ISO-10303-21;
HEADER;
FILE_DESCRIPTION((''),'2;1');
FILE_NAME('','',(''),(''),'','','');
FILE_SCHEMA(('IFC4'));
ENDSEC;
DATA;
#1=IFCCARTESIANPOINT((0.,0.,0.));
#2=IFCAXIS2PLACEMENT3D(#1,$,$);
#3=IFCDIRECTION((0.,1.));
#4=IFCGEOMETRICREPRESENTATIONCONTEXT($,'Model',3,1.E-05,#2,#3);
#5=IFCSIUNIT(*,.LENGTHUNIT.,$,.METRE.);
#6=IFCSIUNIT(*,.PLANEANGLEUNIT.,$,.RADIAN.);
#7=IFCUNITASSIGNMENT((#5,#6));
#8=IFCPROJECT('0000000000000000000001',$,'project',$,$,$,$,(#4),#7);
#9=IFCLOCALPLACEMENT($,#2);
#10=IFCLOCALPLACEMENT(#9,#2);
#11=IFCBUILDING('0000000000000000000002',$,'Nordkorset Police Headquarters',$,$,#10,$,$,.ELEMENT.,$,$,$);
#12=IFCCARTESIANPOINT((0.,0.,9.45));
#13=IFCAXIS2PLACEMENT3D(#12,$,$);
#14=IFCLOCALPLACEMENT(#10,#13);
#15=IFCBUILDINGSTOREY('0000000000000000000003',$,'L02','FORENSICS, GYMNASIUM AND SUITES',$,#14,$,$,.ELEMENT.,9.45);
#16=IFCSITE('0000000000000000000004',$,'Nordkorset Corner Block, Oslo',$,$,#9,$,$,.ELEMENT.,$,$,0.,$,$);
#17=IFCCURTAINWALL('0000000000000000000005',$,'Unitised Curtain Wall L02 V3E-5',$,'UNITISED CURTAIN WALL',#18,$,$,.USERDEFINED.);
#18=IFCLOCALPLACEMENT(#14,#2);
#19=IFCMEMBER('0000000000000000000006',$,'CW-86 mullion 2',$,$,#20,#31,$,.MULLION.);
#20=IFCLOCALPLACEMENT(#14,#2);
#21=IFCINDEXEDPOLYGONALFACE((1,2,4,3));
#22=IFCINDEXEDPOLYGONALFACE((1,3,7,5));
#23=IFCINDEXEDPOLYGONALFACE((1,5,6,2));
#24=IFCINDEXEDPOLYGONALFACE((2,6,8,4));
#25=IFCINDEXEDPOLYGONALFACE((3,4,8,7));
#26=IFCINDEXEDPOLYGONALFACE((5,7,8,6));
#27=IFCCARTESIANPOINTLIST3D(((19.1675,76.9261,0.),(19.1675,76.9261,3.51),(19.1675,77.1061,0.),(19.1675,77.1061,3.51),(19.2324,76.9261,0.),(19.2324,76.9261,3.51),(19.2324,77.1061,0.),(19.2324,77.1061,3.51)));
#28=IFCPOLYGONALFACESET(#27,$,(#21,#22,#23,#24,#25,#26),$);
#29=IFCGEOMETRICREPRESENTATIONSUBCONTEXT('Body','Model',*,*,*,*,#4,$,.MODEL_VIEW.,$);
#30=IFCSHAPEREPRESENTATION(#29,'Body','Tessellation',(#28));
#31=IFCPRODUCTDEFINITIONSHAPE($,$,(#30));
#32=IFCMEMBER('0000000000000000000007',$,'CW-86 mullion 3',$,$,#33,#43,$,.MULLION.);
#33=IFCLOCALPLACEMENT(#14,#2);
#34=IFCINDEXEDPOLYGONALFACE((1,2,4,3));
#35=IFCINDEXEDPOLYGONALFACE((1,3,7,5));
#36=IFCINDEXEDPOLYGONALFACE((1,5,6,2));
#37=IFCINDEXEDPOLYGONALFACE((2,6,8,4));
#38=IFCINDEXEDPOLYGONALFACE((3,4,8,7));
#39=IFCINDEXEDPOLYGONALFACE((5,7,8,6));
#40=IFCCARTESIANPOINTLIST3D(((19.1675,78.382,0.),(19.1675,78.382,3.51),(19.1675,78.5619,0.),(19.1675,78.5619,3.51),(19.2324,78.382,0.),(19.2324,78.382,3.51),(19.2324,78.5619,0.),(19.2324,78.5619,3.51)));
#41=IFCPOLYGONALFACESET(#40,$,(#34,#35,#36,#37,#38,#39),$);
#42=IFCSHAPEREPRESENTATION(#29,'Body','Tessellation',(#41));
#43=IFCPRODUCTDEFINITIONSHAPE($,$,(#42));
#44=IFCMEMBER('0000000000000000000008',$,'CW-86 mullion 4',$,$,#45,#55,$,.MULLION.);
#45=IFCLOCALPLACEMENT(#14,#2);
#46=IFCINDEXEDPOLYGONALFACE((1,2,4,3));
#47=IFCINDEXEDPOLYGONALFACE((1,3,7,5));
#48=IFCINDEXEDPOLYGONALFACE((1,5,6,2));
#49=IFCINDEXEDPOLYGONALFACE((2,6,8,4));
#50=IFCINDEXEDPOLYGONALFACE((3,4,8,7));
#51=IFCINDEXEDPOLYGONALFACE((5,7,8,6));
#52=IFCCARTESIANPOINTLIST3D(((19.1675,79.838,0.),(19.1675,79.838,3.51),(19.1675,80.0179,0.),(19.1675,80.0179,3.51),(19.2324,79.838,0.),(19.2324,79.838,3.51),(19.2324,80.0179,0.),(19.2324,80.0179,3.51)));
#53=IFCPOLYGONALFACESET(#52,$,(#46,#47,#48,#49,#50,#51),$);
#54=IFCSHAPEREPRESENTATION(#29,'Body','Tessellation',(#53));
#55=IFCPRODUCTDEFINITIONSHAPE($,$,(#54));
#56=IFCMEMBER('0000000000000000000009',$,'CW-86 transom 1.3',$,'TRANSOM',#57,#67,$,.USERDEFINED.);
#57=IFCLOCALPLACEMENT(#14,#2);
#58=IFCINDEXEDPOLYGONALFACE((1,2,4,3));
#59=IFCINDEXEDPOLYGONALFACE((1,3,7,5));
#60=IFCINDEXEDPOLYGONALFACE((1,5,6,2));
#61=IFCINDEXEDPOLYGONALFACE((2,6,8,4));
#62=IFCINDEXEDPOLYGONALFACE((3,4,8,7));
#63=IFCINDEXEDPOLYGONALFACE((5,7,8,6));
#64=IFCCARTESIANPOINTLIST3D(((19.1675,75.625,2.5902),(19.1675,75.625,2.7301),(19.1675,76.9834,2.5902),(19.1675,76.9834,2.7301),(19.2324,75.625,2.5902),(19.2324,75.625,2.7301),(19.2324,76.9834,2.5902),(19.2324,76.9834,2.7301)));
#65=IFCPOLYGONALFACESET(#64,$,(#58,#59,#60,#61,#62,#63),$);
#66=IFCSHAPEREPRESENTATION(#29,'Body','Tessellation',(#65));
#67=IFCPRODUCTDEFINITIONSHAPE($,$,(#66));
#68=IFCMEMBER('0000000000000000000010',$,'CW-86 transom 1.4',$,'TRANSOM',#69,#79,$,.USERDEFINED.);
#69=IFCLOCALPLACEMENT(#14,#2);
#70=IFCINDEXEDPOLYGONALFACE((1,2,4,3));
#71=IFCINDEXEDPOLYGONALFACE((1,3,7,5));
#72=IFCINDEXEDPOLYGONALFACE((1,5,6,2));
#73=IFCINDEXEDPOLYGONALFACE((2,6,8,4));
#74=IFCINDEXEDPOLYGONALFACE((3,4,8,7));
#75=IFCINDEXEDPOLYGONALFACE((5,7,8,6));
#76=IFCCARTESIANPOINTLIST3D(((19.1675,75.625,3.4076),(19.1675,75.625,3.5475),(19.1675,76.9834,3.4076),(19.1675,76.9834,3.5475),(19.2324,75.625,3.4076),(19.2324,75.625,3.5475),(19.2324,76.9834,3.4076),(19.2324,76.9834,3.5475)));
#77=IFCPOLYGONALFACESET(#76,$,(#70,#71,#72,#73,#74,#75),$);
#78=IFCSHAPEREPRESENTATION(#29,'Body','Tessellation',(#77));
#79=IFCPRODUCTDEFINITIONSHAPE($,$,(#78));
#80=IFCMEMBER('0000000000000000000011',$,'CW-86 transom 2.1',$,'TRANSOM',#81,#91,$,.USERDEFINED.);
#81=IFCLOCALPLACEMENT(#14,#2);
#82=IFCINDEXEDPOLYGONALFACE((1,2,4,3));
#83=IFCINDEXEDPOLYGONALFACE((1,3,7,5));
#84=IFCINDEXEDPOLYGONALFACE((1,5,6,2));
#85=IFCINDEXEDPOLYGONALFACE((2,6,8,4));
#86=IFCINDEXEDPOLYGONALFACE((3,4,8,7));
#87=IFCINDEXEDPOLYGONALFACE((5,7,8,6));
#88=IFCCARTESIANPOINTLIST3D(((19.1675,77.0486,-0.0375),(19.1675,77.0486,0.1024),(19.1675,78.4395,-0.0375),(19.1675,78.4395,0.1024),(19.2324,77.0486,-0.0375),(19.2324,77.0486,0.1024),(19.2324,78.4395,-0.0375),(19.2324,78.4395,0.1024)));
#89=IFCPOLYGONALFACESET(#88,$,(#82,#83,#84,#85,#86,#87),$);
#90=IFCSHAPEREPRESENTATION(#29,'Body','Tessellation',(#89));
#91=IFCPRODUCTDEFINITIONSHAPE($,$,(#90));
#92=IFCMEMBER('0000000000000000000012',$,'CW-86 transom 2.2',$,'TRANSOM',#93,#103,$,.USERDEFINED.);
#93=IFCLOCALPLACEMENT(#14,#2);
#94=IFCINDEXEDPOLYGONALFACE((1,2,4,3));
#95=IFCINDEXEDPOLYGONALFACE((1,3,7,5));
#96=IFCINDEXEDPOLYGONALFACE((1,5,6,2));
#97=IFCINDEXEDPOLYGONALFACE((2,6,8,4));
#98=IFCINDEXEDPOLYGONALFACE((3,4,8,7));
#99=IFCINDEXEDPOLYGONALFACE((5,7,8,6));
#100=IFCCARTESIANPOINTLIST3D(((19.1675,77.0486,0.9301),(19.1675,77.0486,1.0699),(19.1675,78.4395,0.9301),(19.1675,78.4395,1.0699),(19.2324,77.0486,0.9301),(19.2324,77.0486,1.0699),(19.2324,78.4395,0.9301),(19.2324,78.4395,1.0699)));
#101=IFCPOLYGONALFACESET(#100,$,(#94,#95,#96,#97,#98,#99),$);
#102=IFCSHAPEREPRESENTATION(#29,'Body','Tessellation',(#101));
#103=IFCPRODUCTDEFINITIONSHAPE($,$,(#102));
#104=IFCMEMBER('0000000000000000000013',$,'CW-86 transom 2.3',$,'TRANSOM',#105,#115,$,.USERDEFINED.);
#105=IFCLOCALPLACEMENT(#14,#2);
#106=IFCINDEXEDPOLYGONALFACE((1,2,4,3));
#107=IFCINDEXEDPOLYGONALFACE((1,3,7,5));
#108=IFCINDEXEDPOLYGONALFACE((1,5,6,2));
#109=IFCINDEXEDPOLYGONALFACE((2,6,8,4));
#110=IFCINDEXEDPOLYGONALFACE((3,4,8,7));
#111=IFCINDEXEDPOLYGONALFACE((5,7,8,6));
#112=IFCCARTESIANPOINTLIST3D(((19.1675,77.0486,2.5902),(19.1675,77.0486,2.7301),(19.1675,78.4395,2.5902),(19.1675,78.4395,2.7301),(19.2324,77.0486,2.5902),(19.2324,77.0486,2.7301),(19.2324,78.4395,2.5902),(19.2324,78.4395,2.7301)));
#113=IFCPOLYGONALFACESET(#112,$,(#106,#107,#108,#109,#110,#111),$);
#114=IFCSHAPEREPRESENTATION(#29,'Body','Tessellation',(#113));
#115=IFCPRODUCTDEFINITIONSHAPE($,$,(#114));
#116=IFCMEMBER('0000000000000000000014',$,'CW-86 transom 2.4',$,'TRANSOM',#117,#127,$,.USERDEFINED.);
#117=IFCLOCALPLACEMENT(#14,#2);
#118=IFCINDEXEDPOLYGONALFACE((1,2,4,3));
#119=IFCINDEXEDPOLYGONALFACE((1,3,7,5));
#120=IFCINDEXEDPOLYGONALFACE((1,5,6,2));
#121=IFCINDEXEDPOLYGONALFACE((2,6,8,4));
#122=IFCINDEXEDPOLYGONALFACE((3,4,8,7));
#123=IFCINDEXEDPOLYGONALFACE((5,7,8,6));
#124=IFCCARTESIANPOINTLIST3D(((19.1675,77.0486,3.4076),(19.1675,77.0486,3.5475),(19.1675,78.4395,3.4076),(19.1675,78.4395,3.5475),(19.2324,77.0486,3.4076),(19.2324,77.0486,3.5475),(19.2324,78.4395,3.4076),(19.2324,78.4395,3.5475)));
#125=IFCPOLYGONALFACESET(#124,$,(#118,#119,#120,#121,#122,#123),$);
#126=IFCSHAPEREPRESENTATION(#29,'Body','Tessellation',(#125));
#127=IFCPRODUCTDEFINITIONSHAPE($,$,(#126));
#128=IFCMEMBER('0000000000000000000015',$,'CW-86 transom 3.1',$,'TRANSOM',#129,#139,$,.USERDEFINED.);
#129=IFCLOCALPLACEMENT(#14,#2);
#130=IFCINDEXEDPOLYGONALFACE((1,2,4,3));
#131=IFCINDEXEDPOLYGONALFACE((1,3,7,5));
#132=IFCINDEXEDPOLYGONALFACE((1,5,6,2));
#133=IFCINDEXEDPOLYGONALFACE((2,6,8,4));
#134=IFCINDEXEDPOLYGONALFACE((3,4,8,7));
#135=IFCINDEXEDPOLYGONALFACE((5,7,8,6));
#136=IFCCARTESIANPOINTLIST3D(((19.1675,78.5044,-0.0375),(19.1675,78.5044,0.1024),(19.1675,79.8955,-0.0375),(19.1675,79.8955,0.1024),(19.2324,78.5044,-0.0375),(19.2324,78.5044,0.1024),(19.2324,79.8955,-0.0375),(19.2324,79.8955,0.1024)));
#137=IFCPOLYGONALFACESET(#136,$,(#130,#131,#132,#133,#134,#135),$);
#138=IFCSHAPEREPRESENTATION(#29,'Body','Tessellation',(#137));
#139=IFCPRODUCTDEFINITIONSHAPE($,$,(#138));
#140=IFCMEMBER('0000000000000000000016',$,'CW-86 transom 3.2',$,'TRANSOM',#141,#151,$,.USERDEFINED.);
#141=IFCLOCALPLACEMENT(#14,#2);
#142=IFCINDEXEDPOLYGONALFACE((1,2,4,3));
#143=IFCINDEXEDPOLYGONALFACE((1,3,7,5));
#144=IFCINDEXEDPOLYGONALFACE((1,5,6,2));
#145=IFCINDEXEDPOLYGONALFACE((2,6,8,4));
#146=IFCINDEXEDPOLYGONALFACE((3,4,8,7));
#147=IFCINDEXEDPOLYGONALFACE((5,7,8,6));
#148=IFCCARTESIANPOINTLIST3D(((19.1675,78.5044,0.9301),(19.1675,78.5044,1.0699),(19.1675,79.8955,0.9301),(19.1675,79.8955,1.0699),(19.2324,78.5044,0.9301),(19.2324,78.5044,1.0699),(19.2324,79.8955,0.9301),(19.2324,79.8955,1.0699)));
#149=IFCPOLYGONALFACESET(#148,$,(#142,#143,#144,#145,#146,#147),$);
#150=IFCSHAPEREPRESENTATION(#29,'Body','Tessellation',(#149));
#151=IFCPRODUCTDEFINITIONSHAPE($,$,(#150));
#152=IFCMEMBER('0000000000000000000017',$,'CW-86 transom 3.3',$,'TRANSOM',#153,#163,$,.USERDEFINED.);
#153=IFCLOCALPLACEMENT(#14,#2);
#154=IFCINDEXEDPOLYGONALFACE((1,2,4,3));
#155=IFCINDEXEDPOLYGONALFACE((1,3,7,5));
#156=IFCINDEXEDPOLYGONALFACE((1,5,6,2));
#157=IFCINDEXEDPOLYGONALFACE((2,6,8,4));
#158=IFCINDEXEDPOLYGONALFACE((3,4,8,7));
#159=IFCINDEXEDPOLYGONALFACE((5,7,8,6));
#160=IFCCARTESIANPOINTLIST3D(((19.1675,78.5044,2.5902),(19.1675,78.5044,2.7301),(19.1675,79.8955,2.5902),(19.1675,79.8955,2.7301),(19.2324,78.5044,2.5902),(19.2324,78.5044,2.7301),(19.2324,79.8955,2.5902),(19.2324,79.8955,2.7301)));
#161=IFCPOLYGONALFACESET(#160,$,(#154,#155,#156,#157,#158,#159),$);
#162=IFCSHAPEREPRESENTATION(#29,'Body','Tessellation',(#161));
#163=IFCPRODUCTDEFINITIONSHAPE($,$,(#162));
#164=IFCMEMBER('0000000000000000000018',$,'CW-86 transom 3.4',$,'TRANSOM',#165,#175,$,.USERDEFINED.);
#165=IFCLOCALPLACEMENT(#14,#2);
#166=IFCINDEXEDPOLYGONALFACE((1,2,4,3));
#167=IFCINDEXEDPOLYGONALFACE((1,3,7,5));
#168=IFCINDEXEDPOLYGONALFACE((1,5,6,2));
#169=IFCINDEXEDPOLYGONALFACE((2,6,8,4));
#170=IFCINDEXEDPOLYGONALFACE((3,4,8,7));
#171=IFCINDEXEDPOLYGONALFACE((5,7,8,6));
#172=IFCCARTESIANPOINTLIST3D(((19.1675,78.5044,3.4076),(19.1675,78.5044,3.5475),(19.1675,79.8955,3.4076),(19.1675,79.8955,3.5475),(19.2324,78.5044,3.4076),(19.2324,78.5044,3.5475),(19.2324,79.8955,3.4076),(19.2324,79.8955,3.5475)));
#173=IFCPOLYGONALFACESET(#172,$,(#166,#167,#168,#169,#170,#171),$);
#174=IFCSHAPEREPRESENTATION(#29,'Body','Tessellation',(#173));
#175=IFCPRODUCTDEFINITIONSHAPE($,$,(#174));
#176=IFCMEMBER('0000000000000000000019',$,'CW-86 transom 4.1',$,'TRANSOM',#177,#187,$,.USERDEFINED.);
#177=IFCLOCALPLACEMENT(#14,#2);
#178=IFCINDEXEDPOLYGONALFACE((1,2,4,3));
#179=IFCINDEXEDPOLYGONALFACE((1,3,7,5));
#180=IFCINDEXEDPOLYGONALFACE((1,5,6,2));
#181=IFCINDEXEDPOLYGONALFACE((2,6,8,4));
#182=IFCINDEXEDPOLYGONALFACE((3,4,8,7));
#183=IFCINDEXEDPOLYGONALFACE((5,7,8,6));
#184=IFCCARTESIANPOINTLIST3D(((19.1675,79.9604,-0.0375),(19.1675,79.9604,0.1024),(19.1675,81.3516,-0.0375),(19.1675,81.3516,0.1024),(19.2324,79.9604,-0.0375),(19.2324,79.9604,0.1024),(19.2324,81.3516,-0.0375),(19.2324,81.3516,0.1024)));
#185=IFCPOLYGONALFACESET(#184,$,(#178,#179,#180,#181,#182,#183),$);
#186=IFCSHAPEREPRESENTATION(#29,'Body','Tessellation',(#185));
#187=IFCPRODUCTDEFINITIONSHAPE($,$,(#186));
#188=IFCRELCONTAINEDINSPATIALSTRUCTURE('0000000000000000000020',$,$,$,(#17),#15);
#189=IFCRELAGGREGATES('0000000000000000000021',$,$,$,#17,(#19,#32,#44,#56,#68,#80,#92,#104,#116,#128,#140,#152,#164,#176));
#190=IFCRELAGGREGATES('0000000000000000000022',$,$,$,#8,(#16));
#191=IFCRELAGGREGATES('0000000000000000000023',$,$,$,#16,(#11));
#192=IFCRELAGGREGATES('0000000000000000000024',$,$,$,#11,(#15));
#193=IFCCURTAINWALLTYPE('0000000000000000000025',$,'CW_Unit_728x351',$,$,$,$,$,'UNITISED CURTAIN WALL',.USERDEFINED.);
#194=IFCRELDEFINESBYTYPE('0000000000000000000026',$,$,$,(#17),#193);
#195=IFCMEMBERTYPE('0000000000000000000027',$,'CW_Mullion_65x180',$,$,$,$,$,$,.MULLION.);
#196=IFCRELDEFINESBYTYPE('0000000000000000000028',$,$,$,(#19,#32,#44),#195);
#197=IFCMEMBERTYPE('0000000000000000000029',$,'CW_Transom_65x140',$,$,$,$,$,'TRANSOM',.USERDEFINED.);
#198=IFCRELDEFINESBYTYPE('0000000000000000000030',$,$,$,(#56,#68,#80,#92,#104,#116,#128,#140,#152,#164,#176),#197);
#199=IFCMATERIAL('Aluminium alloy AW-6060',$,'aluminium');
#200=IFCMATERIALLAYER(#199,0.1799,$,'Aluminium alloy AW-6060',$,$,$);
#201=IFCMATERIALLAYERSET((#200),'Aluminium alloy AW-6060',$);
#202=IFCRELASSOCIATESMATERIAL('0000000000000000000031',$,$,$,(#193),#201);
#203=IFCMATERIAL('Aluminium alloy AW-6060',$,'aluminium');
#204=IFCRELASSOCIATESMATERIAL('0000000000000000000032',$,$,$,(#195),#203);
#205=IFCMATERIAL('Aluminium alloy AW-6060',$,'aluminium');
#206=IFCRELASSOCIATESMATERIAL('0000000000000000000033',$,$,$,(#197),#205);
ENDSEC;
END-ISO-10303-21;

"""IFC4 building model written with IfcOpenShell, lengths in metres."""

from ifc_helpers import new_model, si_unit, direction, frame, origin, origin_2d, place, context, subcontext, project, spatial, rectangle, extrude, material, layer, layer_set, material_profile, profile_set, type_object, element, aggregate, save


model = new_model("IFC4")

# Units and contexts
model_context = context("Model", 3, precision=1e-05, world=origin(), true_north=direction((0.0, 1.0)))
body_context = subcontext(model_context, "Body", "Model", "MODEL_VIEW")
ifc_project = project(units=[si_unit("LENGTHUNIT", "METRE"), si_unit("PLANEANGLEUNIT", "RADIAN")], contexts=[model_context])

# Site, building, storey
site_placement = place(None, origin())
site = spatial("IfcSite", under=ifc_project, at=site_placement, Name="Nordkorset Corner Block, Oslo", CompositionType="ELEMENT", RefElevation=0.0)
building_placement = place(site_placement, origin())
building = spatial("IfcBuilding", under=site, at=building_placement, Name="Nordkorset Police Headquarters", CompositionType="ELEMENT")
storey_placement = place(building_placement, frame((0.0, 0.0, 9.45)))
storey = spatial("IfcBuildingStorey", under=building, at=storey_placement, Name="L02", Description="FORENSICS, GYMNASIUM AND SUITES", CompositionType="ELEMENT", Elevation=9.45)

# Curtain wall, members
ifc_material_1 = material(Name="Aluminium alloy AW-6060", Category="aluminium")
ifc_layer_1 = layer(ifc_material_1, 0.1799, Name="Aluminium alloy AW-6060")
ifc_layer_set_1 = layer_set([ifc_layer_1], Name="Aluminium alloy AW-6060")
curtain_wall_type = type_object("IfcCurtainWallType", Name="CW_Unit_728x351", ElementType="UNITISED CURTAIN WALL", PredefinedType="USERDEFINED", material=ifc_layer_set_1)
curtain_wall_placement = place(storey_placement, origin())
curtain_wall = element("IfcCurtainWall", 1, at=curtain_wall_placement, inside=storey, type_object=curtain_wall_type, Name="Unitised Curtain Wall L02 V3E-5", ObjectType="UNITISED CURTAIN WALL", PredefinedType="USERDEFINED")
ifc_material_2 = material(Name="Aluminium alloy AW-6060", Category="aluminium")
ifc_material_profile_1 = material_profile(ifc_material_2, rectangle(XDim=0.0649, YDim=0.1799, at=origin_2d()), Name="ALU MULL 65x180")
ifc_profile_set_1 = profile_set([ifc_material_profile_1], Name="Aluminium alloy AW-6060")
member_type_1 = type_object("IfcMemberType", Name="CW_Mullion_65x180", PredefinedType="MULLION", material=ifc_profile_set_1)
member_1_placement = place(storey_placement, frame((19.2, 77.0161, 0.0), z_axis=(0.0, 0.0, 1.0), x_axis=(-1.0, 0.0, 0.0)))
member_1 = element("IfcMember", 2, at=member_1_placement, type_object=member_type_1, Name="CW-86 mullion 2", PredefinedType="MULLION", context=body_context, shape_type="SweptSolid", body=[
    extrude(rectangle(XDim=0.0649, YDim=0.1799, at=origin_2d()), origin(), (0.0, 0.0, 1.0), 3.51),
])
member_2_placement = place(storey_placement, frame((19.2, 78.4719, 0.0), z_axis=(0.0, 0.0, 1.0), x_axis=(-1.0, 0.0, 0.0)))
member_2 = element("IfcMember", 3, at=member_2_placement, type_object=member_type_1, Name="CW-86 mullion 3", PredefinedType="MULLION", context=body_context, shape_type="SweptSolid", body=[
    extrude(rectangle(XDim=0.0649, YDim=0.1799, at=origin_2d()), origin(), (0.0, 0.0, 1.0), 3.51),
])
member_3_placement = place(storey_placement, frame((19.2, 79.928, 0.0), z_axis=(0.0, 0.0, 1.0), x_axis=(-1.0, 0.0, 0.0)))
member_3 = element("IfcMember", 4, at=member_3_placement, type_object=member_type_1, Name="CW-86 mullion 4", PredefinedType="MULLION", context=body_context, shape_type="SweptSolid", body=[
    extrude(rectangle(XDim=0.0649, YDim=0.1799, at=origin_2d()), origin(), (0.0, 0.0, 1.0), 3.51),
])
ifc_material_3 = material(Name="Aluminium alloy AW-6060", Category="aluminium")
ifc_material_profile_2 = material_profile(ifc_material_3, rectangle(XDim=0.0649, YDim=0.1399, at=origin_2d()), Name="ALU TRAN 65x140")
ifc_profile_set_2 = profile_set([ifc_material_profile_2], Name="Aluminium alloy AW-6060")
member_type_2 = type_object("IfcMemberType", Name="CW_Transom_65x140", ElementType="TRANSOM", PredefinedType="USERDEFINED", material=ifc_profile_set_2)
member_4_placement = place(storey_placement, frame((19.2, 75.625, 2.6602), z_axis=(0.0, 1.0, 0.0), x_axis=(-1.0, 0.0, 0.0)))
member_4 = element("IfcMember", 5, at=member_4_placement, type_object=member_type_2, Name="CW-86 transom 1.3", ObjectType="TRANSOM", PredefinedType="USERDEFINED", context=body_context, shape_type="SweptSolid", body=[
    extrude(rectangle(XDim=0.0649, YDim=0.1399, at=origin_2d()), origin(), (0.0, 0.0, 1.0), 1.3584),
])
member_5_placement = place(storey_placement, frame((19.2, 75.625, 3.4775), z_axis=(0.0, 1.0, 0.0), x_axis=(-1.0, 0.0, 0.0)))
member_5 = element("IfcMember", 6, at=member_5_placement, type_object=member_type_2, Name="CW-86 transom 1.4", ObjectType="TRANSOM", PredefinedType="USERDEFINED", context=body_context, shape_type="SweptSolid", body=[
    extrude(rectangle(XDim=0.0649, YDim=0.1399, at=origin_2d()), origin(), (0.0, 0.0, 1.0), 1.3584),
])
member_6_placement = place(storey_placement, frame((19.2, 77.0486, 0.0325), z_axis=(0.0, 1.0, 0.0), x_axis=(-1.0, 0.0, 0.0)))
member_6 = element("IfcMember", 7, at=member_6_placement, type_object=member_type_2, Name="CW-86 transom 2.1", ObjectType="TRANSOM", PredefinedType="USERDEFINED", context=body_context, shape_type="SweptSolid", body=[
    extrude(rectangle(XDim=0.0649, YDim=0.1399, at=origin_2d()), origin(), (0.0, 0.0, 1.0), 1.3909),
])
member_7_placement = place(storey_placement, frame((19.2, 77.0486, 1.0), z_axis=(0.0, 1.0, 0.0), x_axis=(-1.0, 0.0, 0.0)))
member_7 = element("IfcMember", 8, at=member_7_placement, type_object=member_type_2, Name="CW-86 transom 2.2", ObjectType="TRANSOM", PredefinedType="USERDEFINED", context=body_context, shape_type="SweptSolid", body=[
    extrude(rectangle(XDim=0.0649, YDim=0.1399, at=origin_2d()), origin(), (0.0, 0.0, 1.0), 1.3909),
])
member_8_placement = place(storey_placement, frame((19.2, 77.0486, 2.6602), z_axis=(0.0, 1.0, 0.0), x_axis=(-1.0, 0.0, 0.0)))
member_8 = element("IfcMember", 9, at=member_8_placement, type_object=member_type_2, Name="CW-86 transom 2.3", ObjectType="TRANSOM", PredefinedType="USERDEFINED", context=body_context, shape_type="SweptSolid", body=[
    extrude(rectangle(XDim=0.0649, YDim=0.1399, at=origin_2d()), origin(), (0.0, 0.0, 1.0), 1.3909),
])
member_9_placement = place(storey_placement, frame((19.2, 77.0486, 3.4775), z_axis=(0.0, 1.0, 0.0), x_axis=(-1.0, 0.0, 0.0)))
member_9 = element("IfcMember", 10, at=member_9_placement, type_object=member_type_2, Name="CW-86 transom 2.4", ObjectType="TRANSOM", PredefinedType="USERDEFINED", context=body_context, shape_type="SweptSolid", body=[
    extrude(rectangle(XDim=0.0649, YDim=0.1399, at=origin_2d()), origin(), (0.0, 0.0, 1.0), 1.3909),
])
member_10_placement = place(storey_placement, frame((19.2, 78.5044, 0.0325), z_axis=(0.0, 1.0, 0.0), x_axis=(-1.0, 0.0, 0.0)))
member_10 = element("IfcMember", 11, at=member_10_placement, type_object=member_type_2, Name="CW-86 transom 3.1", ObjectType="TRANSOM", PredefinedType="USERDEFINED", context=body_context, shape_type="SweptSolid", body=[
    extrude(rectangle(XDim=0.0649, YDim=0.1399, at=origin_2d()), origin(), (0.0, 0.0, 1.0), 1.3911),
])
member_11_placement = place(storey_placement, frame((19.2, 78.5044, 1.0), z_axis=(0.0, 1.0, 0.0), x_axis=(-1.0, 0.0, 0.0)))
member_11 = element("IfcMember", 12, at=member_11_placement, type_object=member_type_2, Name="CW-86 transom 3.2", ObjectType="TRANSOM", PredefinedType="USERDEFINED", context=body_context, shape_type="SweptSolid", body=[
    extrude(rectangle(XDim=0.0649, YDim=0.1399, at=origin_2d()), origin(), (0.0, 0.0, 1.0), 1.3911),
])
member_12_placement = place(storey_placement, frame((19.2, 78.5044, 2.6602), z_axis=(0.0, 1.0, 0.0), x_axis=(-1.0, 0.0, 0.0)))
member_12 = element("IfcMember", 13, at=member_12_placement, type_object=member_type_2, Name="CW-86 transom 3.3", ObjectType="TRANSOM", PredefinedType="USERDEFINED", context=body_context, shape_type="SweptSolid", body=[
    extrude(rectangle(XDim=0.0649, YDim=0.1399, at=origin_2d()), origin(), (0.0, 0.0, 1.0), 1.3911),
])
member_13_placement = place(storey_placement, frame((19.2, 78.5044, 3.4775), z_axis=(0.0, 1.0, 0.0), x_axis=(-1.0, 0.0, 0.0)))
member_13 = element("IfcMember", 14, at=member_13_placement, type_object=member_type_2, Name="CW-86 transom 3.4", ObjectType="TRANSOM", PredefinedType="USERDEFINED", context=body_context, shape_type="SweptSolid", body=[
    extrude(rectangle(XDim=0.0649, YDim=0.1399, at=origin_2d()), origin(), (0.0, 0.0, 1.0), 1.3911),
])
member_14_placement = place(storey_placement, frame((19.2, 79.9604, 0.0325), z_axis=(0.0, 1.0, 0.0), x_axis=(-1.0, 0.0, 0.0)))
member_14 = element("IfcMember", 15, at=member_14_placement, type_object=member_type_2, Name="CW-86 transom 4.1", ObjectType="TRANSOM", PredefinedType="USERDEFINED", context=body_context, shape_type="SweptSolid", body=[
    extrude(rectangle(XDim=0.0649, YDim=0.1399, at=origin_2d()), origin(), (0.0, 0.0, 1.0), 1.3911),
])
aggregate(curtain_wall, [member_1, member_2, member_3, member_4, member_5, member_6, member_7, member_8, member_9, member_10, member_11, member_12, member_13, member_14])

save(model, "model.ifc")
